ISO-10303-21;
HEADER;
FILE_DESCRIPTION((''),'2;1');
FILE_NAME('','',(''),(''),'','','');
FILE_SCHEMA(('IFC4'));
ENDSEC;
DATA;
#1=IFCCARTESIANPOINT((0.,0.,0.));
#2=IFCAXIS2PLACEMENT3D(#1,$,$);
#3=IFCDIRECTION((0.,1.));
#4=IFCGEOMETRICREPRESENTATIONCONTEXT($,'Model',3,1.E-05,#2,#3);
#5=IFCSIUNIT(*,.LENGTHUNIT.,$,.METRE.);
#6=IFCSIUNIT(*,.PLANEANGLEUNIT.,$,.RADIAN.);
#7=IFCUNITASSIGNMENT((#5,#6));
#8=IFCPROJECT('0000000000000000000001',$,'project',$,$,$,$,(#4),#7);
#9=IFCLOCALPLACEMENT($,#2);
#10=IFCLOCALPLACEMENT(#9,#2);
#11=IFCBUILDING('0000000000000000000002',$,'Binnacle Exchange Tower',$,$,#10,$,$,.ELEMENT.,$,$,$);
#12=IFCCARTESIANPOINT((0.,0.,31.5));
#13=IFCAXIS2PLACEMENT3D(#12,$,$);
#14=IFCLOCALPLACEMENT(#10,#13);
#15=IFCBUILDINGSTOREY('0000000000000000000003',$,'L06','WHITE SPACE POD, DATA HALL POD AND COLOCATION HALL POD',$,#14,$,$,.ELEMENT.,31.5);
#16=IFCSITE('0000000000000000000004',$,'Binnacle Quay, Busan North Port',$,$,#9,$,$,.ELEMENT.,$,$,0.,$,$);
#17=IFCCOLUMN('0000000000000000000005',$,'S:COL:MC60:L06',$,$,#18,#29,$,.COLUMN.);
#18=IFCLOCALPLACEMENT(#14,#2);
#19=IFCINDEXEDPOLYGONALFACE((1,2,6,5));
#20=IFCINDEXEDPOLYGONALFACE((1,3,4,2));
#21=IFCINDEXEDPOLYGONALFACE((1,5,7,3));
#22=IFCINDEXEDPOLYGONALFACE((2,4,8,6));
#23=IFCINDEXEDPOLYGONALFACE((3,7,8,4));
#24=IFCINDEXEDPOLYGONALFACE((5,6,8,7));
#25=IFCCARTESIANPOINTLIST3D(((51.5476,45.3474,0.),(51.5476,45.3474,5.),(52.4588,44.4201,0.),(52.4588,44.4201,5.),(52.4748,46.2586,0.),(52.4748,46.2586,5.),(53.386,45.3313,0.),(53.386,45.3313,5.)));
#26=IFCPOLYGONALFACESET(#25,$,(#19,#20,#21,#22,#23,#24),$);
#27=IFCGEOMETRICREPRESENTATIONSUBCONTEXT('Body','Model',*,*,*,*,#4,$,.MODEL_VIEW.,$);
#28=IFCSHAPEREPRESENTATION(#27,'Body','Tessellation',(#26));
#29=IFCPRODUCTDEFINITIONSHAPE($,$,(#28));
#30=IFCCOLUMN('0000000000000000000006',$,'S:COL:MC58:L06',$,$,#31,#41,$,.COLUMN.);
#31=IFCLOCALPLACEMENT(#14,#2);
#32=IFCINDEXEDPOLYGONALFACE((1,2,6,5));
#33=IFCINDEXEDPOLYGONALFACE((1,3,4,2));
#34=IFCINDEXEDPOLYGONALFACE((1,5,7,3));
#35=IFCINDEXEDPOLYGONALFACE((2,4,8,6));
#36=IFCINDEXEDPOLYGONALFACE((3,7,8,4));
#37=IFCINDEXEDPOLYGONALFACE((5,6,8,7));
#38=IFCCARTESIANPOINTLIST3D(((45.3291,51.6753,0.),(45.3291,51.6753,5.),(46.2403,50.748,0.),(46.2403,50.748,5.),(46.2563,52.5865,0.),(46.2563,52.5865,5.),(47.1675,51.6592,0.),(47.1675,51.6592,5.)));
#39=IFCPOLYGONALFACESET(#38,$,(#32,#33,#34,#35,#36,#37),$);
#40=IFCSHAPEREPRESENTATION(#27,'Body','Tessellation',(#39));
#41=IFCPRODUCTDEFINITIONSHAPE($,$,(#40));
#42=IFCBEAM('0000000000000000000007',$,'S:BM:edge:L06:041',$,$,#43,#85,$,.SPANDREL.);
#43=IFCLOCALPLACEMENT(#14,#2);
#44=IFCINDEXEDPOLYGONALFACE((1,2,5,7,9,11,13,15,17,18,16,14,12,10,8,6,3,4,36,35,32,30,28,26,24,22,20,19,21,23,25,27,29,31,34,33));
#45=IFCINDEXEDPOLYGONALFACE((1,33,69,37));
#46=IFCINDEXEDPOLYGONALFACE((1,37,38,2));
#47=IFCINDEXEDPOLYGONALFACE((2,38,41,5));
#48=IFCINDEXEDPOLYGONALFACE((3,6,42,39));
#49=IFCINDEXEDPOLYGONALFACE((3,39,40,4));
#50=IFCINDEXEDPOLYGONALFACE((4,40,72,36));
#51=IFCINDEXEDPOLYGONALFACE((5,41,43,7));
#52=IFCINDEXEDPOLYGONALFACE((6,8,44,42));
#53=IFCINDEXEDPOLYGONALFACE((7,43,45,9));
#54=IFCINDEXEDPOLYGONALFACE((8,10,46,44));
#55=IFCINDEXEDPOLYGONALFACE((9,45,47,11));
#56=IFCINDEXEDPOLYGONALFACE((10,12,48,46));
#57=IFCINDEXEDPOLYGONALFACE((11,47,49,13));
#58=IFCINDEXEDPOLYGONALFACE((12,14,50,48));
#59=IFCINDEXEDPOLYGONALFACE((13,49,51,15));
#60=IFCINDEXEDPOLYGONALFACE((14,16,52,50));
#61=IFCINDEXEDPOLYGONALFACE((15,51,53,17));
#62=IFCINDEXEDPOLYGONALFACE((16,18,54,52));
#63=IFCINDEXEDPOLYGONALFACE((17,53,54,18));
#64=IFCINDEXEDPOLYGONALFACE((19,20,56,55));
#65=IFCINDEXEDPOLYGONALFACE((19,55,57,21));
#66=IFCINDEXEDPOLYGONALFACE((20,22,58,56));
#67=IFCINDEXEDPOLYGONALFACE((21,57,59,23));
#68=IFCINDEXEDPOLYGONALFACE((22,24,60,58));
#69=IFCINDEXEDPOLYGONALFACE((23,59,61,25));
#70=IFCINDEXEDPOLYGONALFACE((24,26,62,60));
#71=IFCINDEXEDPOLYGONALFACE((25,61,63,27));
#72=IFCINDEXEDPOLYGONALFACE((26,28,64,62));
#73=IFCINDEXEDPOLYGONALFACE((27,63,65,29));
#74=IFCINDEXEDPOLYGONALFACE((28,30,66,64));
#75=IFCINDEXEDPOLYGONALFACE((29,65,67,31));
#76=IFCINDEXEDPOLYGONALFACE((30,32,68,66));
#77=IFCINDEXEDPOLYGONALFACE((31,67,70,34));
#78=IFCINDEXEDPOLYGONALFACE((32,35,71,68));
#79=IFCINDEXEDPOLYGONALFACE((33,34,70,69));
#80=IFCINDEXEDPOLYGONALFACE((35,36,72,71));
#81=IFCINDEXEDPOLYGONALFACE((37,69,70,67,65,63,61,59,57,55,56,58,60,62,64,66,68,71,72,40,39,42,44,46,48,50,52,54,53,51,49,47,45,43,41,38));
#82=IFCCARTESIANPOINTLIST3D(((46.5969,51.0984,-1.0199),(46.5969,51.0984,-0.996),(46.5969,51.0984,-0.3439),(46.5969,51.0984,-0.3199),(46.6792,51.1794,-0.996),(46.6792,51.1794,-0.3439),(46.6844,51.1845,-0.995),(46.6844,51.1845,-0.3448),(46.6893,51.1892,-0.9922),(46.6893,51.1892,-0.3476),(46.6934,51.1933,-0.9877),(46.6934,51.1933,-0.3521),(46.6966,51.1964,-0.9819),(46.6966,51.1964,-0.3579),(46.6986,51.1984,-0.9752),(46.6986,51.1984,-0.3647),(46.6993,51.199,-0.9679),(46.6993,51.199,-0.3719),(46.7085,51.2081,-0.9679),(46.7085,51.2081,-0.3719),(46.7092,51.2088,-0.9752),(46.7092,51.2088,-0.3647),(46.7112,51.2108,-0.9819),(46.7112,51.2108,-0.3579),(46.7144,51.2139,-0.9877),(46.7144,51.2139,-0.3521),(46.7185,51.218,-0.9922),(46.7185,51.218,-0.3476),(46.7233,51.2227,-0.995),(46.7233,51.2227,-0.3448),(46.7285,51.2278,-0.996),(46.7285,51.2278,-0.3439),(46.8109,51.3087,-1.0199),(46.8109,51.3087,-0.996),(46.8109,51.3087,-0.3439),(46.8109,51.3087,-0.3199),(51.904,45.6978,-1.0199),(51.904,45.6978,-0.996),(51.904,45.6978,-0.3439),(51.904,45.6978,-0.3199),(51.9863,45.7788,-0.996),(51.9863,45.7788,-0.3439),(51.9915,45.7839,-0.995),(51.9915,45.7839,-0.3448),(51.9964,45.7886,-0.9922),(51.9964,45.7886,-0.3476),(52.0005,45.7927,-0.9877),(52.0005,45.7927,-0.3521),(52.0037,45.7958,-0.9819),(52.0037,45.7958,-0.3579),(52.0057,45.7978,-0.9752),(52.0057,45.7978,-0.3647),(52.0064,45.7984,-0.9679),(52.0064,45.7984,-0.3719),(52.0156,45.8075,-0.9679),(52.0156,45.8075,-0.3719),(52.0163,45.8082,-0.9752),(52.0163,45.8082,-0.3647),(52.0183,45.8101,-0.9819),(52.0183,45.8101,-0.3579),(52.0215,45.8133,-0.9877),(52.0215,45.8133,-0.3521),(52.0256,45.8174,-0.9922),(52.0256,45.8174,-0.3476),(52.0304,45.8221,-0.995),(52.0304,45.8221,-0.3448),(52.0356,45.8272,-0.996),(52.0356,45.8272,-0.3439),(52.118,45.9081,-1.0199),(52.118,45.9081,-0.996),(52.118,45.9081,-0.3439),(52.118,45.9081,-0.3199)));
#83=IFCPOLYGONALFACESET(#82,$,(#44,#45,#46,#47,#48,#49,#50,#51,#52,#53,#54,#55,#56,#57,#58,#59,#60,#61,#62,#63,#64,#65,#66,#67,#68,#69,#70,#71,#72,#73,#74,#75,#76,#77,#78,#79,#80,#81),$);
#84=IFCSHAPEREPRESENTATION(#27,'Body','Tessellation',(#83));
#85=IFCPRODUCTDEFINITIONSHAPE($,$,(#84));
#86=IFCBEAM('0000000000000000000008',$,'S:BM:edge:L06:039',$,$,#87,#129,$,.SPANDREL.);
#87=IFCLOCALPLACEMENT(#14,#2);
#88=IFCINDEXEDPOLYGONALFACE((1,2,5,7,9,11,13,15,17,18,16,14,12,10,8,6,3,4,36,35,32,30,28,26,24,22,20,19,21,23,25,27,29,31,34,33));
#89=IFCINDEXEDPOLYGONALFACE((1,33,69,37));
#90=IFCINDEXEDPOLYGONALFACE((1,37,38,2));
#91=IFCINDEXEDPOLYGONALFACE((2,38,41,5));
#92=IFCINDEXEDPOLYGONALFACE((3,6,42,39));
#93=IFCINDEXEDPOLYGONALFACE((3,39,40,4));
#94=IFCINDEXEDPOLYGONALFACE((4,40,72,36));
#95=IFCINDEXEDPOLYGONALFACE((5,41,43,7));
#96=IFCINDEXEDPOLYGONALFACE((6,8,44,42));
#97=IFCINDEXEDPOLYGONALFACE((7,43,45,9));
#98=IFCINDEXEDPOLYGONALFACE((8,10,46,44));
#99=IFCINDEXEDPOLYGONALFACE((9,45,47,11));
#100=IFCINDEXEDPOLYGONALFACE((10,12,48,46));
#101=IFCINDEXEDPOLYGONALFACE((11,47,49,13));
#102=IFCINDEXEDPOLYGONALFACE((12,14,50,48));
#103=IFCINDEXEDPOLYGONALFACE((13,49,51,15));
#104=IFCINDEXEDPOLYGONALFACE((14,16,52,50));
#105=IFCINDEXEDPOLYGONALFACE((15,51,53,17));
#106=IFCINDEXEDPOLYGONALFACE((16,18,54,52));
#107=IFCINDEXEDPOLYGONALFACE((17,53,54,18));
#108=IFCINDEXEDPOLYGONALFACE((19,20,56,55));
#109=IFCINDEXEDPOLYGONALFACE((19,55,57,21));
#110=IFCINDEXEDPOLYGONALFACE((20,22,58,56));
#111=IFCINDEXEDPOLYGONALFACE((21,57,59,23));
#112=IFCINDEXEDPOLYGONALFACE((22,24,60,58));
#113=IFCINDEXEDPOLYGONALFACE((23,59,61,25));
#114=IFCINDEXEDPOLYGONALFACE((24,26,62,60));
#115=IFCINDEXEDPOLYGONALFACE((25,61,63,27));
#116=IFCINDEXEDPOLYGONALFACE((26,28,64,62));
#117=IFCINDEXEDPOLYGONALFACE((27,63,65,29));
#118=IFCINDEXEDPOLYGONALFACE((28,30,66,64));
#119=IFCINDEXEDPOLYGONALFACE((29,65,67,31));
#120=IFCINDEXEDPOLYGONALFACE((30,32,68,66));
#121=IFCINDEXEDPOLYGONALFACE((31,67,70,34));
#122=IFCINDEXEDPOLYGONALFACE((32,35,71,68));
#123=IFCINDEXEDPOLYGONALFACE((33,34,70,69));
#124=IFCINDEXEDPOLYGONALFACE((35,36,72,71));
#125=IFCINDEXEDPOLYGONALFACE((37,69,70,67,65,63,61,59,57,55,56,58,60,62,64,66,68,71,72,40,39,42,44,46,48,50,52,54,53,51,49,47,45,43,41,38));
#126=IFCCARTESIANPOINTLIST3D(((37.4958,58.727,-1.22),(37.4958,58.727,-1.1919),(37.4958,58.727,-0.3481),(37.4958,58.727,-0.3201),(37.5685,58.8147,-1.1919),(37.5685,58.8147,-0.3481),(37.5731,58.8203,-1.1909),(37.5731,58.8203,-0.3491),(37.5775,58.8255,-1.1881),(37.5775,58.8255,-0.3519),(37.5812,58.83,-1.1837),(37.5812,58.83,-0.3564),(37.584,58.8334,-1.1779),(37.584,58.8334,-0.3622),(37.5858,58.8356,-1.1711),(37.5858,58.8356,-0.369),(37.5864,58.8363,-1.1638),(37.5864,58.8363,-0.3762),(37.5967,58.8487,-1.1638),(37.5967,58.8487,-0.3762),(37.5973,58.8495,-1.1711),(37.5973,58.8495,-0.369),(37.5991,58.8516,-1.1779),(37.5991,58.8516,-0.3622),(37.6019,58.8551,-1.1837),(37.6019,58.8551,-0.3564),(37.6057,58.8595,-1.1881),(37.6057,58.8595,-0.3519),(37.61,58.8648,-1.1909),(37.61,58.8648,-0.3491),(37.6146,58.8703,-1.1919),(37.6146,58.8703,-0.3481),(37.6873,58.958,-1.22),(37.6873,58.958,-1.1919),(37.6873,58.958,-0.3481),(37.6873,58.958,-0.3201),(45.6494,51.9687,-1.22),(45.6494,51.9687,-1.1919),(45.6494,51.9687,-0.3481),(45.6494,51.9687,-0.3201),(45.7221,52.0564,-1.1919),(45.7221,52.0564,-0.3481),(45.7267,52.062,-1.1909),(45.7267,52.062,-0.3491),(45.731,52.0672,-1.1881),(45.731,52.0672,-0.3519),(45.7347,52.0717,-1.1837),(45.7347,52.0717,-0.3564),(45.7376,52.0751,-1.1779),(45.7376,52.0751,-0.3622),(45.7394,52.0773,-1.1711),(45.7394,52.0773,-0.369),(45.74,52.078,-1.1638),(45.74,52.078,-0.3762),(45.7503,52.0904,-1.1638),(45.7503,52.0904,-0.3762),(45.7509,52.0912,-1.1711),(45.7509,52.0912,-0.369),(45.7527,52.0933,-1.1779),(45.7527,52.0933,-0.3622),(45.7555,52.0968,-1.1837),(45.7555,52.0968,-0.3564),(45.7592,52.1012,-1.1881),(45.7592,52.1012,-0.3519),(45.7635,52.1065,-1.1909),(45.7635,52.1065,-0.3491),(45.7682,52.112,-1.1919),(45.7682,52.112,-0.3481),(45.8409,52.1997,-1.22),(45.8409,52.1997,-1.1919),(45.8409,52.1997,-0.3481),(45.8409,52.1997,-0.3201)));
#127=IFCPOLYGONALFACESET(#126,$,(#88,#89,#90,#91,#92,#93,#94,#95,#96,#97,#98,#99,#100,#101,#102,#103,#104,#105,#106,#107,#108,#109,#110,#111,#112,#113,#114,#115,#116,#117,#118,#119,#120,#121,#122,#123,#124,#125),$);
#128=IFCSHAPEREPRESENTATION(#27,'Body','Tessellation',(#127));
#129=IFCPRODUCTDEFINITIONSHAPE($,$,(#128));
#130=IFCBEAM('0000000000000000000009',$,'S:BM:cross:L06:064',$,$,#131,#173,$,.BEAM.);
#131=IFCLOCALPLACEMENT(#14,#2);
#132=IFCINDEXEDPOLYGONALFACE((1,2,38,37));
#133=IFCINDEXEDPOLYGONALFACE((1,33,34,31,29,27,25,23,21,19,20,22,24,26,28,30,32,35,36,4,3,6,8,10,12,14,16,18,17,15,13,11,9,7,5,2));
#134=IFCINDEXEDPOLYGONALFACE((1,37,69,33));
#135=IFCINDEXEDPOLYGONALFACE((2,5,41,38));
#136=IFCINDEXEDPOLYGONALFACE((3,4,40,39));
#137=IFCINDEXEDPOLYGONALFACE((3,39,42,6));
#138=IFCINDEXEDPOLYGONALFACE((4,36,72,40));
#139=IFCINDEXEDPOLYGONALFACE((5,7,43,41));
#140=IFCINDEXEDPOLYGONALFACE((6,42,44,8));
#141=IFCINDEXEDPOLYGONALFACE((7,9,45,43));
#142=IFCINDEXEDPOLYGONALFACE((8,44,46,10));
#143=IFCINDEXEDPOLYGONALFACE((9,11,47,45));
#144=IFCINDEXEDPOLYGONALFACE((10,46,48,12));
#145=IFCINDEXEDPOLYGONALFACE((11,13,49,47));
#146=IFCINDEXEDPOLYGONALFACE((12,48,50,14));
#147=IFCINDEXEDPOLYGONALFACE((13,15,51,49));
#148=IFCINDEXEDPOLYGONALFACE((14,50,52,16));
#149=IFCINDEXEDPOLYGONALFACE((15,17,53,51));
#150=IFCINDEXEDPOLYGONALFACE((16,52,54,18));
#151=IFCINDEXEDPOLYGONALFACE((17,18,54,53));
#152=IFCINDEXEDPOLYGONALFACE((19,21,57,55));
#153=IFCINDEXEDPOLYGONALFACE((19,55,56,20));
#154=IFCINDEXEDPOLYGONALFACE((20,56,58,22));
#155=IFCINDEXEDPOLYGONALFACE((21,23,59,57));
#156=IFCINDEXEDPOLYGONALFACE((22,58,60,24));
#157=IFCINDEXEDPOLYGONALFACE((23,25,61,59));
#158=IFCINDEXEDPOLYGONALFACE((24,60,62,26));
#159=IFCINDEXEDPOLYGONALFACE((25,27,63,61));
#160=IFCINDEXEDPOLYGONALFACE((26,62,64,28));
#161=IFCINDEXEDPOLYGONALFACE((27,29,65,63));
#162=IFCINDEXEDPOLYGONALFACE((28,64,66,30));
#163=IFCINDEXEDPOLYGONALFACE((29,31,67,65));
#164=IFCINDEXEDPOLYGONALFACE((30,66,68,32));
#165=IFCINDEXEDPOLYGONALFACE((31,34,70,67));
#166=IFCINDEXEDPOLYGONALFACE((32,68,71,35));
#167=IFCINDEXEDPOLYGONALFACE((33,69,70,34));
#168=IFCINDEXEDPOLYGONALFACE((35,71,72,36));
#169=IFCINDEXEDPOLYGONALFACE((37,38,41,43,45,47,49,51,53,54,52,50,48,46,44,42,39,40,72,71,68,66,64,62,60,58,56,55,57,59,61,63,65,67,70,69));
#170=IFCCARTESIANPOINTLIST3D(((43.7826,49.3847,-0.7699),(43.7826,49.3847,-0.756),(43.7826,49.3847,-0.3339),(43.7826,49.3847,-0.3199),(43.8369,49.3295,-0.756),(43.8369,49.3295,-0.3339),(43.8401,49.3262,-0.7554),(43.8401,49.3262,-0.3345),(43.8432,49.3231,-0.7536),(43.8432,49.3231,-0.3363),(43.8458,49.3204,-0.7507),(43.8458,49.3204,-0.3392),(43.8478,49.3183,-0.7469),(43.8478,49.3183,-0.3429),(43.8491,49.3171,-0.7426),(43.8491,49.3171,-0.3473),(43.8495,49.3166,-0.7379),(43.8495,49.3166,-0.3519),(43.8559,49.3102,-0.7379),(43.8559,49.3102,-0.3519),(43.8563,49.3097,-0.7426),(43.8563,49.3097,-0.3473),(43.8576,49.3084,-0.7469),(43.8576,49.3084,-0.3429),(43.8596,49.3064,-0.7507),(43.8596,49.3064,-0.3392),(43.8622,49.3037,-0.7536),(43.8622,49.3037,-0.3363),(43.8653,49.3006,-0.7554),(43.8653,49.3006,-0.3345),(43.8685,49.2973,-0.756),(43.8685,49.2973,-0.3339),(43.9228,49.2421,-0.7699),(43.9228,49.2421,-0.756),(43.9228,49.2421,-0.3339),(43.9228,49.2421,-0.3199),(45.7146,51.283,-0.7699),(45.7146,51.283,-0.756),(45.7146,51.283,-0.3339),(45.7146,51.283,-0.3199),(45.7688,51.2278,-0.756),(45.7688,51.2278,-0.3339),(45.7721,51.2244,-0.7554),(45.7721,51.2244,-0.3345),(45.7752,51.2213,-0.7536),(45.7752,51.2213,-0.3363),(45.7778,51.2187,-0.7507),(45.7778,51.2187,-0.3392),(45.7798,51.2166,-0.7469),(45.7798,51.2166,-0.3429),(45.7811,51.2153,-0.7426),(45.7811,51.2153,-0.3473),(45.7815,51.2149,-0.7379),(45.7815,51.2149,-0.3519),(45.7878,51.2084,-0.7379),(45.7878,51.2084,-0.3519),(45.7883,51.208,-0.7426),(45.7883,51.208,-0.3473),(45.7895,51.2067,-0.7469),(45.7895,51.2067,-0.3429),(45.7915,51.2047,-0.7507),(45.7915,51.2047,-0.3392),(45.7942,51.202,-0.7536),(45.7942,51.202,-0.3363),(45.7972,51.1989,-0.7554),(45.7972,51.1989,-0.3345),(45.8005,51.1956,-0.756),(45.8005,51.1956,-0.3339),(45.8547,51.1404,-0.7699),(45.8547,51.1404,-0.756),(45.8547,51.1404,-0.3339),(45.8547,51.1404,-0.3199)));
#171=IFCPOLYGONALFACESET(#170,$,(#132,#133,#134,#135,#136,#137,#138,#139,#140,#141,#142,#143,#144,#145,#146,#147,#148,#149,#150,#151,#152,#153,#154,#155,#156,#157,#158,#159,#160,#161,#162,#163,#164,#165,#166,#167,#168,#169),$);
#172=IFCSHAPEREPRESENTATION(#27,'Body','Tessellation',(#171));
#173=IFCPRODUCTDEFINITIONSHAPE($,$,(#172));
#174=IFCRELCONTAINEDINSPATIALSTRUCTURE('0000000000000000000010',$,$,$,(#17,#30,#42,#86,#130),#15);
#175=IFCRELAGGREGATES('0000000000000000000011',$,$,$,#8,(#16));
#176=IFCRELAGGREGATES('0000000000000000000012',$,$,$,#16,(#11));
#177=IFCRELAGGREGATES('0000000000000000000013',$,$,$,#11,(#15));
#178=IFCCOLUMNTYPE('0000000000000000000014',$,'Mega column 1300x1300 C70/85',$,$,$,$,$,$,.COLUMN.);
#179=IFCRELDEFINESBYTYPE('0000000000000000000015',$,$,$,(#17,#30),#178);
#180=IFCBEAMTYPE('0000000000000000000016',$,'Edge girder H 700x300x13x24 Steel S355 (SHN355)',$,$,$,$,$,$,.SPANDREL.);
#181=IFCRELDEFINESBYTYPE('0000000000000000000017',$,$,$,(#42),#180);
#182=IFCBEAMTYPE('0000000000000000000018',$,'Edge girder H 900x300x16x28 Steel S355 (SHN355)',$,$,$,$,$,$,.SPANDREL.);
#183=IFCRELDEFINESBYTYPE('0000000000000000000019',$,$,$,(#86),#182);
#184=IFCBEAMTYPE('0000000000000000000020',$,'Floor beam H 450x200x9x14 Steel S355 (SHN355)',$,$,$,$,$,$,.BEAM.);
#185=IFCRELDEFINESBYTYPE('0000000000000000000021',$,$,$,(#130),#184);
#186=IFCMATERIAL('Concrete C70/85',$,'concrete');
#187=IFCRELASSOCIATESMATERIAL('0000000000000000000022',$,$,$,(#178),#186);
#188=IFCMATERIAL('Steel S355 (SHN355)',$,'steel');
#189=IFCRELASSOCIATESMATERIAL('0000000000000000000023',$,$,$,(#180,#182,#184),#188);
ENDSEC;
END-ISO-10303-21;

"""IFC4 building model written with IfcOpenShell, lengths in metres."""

from ifc_helpers import new_model, si_unit, direction, frame, origin, origin_2d, place, context, subcontext, project, spatial, rectangle, i_section, extrude, material, material_profile, profile_set, type_object, element, save


model = new_model("IFC4")

# Units and contexts
model_context = context("Model", 3, precision=1e-05, world=origin(), true_north=direction((0.0, 1.0)))
body_context = subcontext(model_context, "Body", "Model", "MODEL_VIEW")
ifc_project = project(units=[si_unit("LENGTHUNIT", "METRE"), si_unit("PLANEANGLEUNIT", "RADIAN")], contexts=[model_context])

# Site, building, storey
site_placement = place(None, origin())
site = spatial("IfcSite", under=ifc_project, at=site_placement, Name="Binnacle Quay, Busan North Port", CompositionType="ELEMENT", RefElevation=0.0)
building_placement = place(site_placement, origin())
building = spatial("IfcBuilding", under=site, at=building_placement, Name="Binnacle Exchange Tower", CompositionType="ELEMENT")
storey_placement = place(building_placement, frame((0.0, 0.0, 31.5)))
storey = spatial("IfcBuildingStorey", under=building, at=storey_placement, Name="L06", Description="WHITE SPACE POD, DATA HALL POD AND COLOCATION HALL POD", CompositionType="ELEMENT", Elevation=31.5)

# Columns
ifc_material_1 = material(Name="Concrete C70/85", Category="concrete")
ifc_material_profile_1 = material_profile(ifc_material_1, rectangle(XDim=1.3, YDim=1.3, at=origin_2d()), Name="Mega column 1300x1300 C70/85")
ifc_profile_set_1 = profile_set([ifc_material_profile_1], Name="Concrete C70/85")
column_type = type_object("IfcColumnType", Name="Mega column 1300x1300 C70/85", PredefinedType="COLUMN", material=ifc_profile_set_1)
for number, where, z_axis, x_axis, name in (
    (1, (52.4668, 45.3394, 0.0), (0.0, 0.0, 1.0), (-0.700909, 0.71325, 0.0), "S:COL:MC60:L06"),
    (2, (46.2483, 51.6672, 0.0), (0.0, 0.0, 1.0), (-0.700909, 0.71325, 0.0), "S:COL:MC58:L06"),
):
    element("IfcColumn", number, at=place(storey_placement, frame(where, z_axis=z_axis, x_axis=x_axis)), inside=storey, type_object=column_type, Name=name, PredefinedType="COLUMN", context=body_context, shape_type="SweptSolid", body=[
        extrude(rectangle(XDim=1.3, YDim=1.3, at=origin_2d()), origin(), (0.0, 0.0, 1.0), 5.0),
    ])

# Beams
ifc_material_2 = material(Name="Steel S355 (SHN355)", Category="steel")
ifc_material_profile_2 = material_profile(ifc_material_2, i_section(OverallWidth=0.3, OverallDepth=0.7, WebThickness=0.0129, FlangeThickness=0.0239, FilletRadius=0.0281, at=origin_2d()), Name="H 700x300x13x24")
ifc_profile_set_2 = profile_set([ifc_material_profile_2], Name="Steel S355 (SHN355)")
beam_type_1 = type_object("IfcBeamType", Name="Edge girder H 700x300x13x24 Steel S355 (SHN355)", PredefinedType="SPANDREL", material=ifc_profile_set_2)
beam_1_placement = place(storey_placement, frame((52.011, 45.803, -0.6699), z_axis=(-0.700905, 0.713254, 0.0), x_axis=(-0.713254, -0.700905, 0.0)))
element("IfcBeam", 3, at=beam_1_placement, inside=storey, type_object=beam_type_1, Name="S:BM:edge:L06:041", PredefinedType="SPANDREL", context=body_context, shape_type="SweptSolid", body=[
    extrude(i_section(OverallWidth=0.3, OverallDepth=0.7, WebThickness=0.0129, FlangeThickness=0.0239, FilletRadius=0.0281, at=origin_2d()), origin(), (0.0, 0.0, 1.0), 7.5718),
])
ifc_material_profile_3 = material_profile(ifc_material_2, i_section(OverallWidth=0.3, OverallDepth=0.8999, WebThickness=0.0161, FlangeThickness=0.0281, FilletRadius=0.0281, at=origin_2d()), Name="H 900x300x16x28")
ifc_profile_set_3 = profile_set([ifc_material_profile_3], Name="Steel S355 (SHN355)")
beam_type_2 = type_object("IfcBeamType", Name="Edge girder H 900x300x16x28 Steel S355 (SHN355)", PredefinedType="SPANDREL", material=ifc_profile_set_3)
beam_2_placement = place(storey_placement, frame((45.7451, 52.0842, -0.77), z_axis=(-0.769906, 0.638157, 0.0), x_axis=(-0.638157, -0.769906, 0.0)))
element("IfcBeam", 4, at=beam_2_placement, inside=storey, type_object=beam_type_2, Name="S:BM:edge:L06:039", PredefinedType="SPANDREL", context=body_context, shape_type="SweptSolid", body=[
    extrude(i_section(OverallWidth=0.3, OverallDepth=0.8999, WebThickness=0.0161, FlangeThickness=0.0281, FilletRadius=0.0281, at=origin_2d()), origin(), (0.0, 0.0, 1.0), 10.5903),
])
ifc_material_profile_4 = material_profile(ifc_material_2, i_section(OverallWidth=0.2, OverallDepth=0.45, WebThickness=0.009, FlangeThickness=0.0139, FilletRadius=0.0181, at=origin_2d()), Name="H 450x200x9x14")
ifc_profile_set_4 = profile_set([ifc_material_profile_4], Name="Steel S355 (SHN355)")
beam_type_3 = type_object("IfcBeamType", Name="Floor beam H 450x200x9x14 Steel S355 (SHN355)", PredefinedType="BEAM", material=ifc_profile_set_4)
for number, where, z_axis, x_axis, name in (
    (5, (45.7847, 51.2117, -0.5449), (-0.713299, -0.70086, 0.0), (0.70086, -0.713299, 0.0), "S:BM:cross:L06:064"),
):
    element("IfcBeam", number, at=place(storey_placement, frame(where, z_axis=z_axis, x_axis=x_axis)), inside=storey, type_object=beam_type_3, Name=name, PredefinedType="BEAM", context=body_context, shape_type="SweptSolid", body=[
        extrude(i_section(OverallWidth=0.2, OverallDepth=0.45, WebThickness=0.009, FlangeThickness=0.0139, FilletRadius=0.0181, at=origin_2d()), origin(), (0.0, 0.0, 1.0), 2.7085),
    ])

save(model, "model.ifc")
